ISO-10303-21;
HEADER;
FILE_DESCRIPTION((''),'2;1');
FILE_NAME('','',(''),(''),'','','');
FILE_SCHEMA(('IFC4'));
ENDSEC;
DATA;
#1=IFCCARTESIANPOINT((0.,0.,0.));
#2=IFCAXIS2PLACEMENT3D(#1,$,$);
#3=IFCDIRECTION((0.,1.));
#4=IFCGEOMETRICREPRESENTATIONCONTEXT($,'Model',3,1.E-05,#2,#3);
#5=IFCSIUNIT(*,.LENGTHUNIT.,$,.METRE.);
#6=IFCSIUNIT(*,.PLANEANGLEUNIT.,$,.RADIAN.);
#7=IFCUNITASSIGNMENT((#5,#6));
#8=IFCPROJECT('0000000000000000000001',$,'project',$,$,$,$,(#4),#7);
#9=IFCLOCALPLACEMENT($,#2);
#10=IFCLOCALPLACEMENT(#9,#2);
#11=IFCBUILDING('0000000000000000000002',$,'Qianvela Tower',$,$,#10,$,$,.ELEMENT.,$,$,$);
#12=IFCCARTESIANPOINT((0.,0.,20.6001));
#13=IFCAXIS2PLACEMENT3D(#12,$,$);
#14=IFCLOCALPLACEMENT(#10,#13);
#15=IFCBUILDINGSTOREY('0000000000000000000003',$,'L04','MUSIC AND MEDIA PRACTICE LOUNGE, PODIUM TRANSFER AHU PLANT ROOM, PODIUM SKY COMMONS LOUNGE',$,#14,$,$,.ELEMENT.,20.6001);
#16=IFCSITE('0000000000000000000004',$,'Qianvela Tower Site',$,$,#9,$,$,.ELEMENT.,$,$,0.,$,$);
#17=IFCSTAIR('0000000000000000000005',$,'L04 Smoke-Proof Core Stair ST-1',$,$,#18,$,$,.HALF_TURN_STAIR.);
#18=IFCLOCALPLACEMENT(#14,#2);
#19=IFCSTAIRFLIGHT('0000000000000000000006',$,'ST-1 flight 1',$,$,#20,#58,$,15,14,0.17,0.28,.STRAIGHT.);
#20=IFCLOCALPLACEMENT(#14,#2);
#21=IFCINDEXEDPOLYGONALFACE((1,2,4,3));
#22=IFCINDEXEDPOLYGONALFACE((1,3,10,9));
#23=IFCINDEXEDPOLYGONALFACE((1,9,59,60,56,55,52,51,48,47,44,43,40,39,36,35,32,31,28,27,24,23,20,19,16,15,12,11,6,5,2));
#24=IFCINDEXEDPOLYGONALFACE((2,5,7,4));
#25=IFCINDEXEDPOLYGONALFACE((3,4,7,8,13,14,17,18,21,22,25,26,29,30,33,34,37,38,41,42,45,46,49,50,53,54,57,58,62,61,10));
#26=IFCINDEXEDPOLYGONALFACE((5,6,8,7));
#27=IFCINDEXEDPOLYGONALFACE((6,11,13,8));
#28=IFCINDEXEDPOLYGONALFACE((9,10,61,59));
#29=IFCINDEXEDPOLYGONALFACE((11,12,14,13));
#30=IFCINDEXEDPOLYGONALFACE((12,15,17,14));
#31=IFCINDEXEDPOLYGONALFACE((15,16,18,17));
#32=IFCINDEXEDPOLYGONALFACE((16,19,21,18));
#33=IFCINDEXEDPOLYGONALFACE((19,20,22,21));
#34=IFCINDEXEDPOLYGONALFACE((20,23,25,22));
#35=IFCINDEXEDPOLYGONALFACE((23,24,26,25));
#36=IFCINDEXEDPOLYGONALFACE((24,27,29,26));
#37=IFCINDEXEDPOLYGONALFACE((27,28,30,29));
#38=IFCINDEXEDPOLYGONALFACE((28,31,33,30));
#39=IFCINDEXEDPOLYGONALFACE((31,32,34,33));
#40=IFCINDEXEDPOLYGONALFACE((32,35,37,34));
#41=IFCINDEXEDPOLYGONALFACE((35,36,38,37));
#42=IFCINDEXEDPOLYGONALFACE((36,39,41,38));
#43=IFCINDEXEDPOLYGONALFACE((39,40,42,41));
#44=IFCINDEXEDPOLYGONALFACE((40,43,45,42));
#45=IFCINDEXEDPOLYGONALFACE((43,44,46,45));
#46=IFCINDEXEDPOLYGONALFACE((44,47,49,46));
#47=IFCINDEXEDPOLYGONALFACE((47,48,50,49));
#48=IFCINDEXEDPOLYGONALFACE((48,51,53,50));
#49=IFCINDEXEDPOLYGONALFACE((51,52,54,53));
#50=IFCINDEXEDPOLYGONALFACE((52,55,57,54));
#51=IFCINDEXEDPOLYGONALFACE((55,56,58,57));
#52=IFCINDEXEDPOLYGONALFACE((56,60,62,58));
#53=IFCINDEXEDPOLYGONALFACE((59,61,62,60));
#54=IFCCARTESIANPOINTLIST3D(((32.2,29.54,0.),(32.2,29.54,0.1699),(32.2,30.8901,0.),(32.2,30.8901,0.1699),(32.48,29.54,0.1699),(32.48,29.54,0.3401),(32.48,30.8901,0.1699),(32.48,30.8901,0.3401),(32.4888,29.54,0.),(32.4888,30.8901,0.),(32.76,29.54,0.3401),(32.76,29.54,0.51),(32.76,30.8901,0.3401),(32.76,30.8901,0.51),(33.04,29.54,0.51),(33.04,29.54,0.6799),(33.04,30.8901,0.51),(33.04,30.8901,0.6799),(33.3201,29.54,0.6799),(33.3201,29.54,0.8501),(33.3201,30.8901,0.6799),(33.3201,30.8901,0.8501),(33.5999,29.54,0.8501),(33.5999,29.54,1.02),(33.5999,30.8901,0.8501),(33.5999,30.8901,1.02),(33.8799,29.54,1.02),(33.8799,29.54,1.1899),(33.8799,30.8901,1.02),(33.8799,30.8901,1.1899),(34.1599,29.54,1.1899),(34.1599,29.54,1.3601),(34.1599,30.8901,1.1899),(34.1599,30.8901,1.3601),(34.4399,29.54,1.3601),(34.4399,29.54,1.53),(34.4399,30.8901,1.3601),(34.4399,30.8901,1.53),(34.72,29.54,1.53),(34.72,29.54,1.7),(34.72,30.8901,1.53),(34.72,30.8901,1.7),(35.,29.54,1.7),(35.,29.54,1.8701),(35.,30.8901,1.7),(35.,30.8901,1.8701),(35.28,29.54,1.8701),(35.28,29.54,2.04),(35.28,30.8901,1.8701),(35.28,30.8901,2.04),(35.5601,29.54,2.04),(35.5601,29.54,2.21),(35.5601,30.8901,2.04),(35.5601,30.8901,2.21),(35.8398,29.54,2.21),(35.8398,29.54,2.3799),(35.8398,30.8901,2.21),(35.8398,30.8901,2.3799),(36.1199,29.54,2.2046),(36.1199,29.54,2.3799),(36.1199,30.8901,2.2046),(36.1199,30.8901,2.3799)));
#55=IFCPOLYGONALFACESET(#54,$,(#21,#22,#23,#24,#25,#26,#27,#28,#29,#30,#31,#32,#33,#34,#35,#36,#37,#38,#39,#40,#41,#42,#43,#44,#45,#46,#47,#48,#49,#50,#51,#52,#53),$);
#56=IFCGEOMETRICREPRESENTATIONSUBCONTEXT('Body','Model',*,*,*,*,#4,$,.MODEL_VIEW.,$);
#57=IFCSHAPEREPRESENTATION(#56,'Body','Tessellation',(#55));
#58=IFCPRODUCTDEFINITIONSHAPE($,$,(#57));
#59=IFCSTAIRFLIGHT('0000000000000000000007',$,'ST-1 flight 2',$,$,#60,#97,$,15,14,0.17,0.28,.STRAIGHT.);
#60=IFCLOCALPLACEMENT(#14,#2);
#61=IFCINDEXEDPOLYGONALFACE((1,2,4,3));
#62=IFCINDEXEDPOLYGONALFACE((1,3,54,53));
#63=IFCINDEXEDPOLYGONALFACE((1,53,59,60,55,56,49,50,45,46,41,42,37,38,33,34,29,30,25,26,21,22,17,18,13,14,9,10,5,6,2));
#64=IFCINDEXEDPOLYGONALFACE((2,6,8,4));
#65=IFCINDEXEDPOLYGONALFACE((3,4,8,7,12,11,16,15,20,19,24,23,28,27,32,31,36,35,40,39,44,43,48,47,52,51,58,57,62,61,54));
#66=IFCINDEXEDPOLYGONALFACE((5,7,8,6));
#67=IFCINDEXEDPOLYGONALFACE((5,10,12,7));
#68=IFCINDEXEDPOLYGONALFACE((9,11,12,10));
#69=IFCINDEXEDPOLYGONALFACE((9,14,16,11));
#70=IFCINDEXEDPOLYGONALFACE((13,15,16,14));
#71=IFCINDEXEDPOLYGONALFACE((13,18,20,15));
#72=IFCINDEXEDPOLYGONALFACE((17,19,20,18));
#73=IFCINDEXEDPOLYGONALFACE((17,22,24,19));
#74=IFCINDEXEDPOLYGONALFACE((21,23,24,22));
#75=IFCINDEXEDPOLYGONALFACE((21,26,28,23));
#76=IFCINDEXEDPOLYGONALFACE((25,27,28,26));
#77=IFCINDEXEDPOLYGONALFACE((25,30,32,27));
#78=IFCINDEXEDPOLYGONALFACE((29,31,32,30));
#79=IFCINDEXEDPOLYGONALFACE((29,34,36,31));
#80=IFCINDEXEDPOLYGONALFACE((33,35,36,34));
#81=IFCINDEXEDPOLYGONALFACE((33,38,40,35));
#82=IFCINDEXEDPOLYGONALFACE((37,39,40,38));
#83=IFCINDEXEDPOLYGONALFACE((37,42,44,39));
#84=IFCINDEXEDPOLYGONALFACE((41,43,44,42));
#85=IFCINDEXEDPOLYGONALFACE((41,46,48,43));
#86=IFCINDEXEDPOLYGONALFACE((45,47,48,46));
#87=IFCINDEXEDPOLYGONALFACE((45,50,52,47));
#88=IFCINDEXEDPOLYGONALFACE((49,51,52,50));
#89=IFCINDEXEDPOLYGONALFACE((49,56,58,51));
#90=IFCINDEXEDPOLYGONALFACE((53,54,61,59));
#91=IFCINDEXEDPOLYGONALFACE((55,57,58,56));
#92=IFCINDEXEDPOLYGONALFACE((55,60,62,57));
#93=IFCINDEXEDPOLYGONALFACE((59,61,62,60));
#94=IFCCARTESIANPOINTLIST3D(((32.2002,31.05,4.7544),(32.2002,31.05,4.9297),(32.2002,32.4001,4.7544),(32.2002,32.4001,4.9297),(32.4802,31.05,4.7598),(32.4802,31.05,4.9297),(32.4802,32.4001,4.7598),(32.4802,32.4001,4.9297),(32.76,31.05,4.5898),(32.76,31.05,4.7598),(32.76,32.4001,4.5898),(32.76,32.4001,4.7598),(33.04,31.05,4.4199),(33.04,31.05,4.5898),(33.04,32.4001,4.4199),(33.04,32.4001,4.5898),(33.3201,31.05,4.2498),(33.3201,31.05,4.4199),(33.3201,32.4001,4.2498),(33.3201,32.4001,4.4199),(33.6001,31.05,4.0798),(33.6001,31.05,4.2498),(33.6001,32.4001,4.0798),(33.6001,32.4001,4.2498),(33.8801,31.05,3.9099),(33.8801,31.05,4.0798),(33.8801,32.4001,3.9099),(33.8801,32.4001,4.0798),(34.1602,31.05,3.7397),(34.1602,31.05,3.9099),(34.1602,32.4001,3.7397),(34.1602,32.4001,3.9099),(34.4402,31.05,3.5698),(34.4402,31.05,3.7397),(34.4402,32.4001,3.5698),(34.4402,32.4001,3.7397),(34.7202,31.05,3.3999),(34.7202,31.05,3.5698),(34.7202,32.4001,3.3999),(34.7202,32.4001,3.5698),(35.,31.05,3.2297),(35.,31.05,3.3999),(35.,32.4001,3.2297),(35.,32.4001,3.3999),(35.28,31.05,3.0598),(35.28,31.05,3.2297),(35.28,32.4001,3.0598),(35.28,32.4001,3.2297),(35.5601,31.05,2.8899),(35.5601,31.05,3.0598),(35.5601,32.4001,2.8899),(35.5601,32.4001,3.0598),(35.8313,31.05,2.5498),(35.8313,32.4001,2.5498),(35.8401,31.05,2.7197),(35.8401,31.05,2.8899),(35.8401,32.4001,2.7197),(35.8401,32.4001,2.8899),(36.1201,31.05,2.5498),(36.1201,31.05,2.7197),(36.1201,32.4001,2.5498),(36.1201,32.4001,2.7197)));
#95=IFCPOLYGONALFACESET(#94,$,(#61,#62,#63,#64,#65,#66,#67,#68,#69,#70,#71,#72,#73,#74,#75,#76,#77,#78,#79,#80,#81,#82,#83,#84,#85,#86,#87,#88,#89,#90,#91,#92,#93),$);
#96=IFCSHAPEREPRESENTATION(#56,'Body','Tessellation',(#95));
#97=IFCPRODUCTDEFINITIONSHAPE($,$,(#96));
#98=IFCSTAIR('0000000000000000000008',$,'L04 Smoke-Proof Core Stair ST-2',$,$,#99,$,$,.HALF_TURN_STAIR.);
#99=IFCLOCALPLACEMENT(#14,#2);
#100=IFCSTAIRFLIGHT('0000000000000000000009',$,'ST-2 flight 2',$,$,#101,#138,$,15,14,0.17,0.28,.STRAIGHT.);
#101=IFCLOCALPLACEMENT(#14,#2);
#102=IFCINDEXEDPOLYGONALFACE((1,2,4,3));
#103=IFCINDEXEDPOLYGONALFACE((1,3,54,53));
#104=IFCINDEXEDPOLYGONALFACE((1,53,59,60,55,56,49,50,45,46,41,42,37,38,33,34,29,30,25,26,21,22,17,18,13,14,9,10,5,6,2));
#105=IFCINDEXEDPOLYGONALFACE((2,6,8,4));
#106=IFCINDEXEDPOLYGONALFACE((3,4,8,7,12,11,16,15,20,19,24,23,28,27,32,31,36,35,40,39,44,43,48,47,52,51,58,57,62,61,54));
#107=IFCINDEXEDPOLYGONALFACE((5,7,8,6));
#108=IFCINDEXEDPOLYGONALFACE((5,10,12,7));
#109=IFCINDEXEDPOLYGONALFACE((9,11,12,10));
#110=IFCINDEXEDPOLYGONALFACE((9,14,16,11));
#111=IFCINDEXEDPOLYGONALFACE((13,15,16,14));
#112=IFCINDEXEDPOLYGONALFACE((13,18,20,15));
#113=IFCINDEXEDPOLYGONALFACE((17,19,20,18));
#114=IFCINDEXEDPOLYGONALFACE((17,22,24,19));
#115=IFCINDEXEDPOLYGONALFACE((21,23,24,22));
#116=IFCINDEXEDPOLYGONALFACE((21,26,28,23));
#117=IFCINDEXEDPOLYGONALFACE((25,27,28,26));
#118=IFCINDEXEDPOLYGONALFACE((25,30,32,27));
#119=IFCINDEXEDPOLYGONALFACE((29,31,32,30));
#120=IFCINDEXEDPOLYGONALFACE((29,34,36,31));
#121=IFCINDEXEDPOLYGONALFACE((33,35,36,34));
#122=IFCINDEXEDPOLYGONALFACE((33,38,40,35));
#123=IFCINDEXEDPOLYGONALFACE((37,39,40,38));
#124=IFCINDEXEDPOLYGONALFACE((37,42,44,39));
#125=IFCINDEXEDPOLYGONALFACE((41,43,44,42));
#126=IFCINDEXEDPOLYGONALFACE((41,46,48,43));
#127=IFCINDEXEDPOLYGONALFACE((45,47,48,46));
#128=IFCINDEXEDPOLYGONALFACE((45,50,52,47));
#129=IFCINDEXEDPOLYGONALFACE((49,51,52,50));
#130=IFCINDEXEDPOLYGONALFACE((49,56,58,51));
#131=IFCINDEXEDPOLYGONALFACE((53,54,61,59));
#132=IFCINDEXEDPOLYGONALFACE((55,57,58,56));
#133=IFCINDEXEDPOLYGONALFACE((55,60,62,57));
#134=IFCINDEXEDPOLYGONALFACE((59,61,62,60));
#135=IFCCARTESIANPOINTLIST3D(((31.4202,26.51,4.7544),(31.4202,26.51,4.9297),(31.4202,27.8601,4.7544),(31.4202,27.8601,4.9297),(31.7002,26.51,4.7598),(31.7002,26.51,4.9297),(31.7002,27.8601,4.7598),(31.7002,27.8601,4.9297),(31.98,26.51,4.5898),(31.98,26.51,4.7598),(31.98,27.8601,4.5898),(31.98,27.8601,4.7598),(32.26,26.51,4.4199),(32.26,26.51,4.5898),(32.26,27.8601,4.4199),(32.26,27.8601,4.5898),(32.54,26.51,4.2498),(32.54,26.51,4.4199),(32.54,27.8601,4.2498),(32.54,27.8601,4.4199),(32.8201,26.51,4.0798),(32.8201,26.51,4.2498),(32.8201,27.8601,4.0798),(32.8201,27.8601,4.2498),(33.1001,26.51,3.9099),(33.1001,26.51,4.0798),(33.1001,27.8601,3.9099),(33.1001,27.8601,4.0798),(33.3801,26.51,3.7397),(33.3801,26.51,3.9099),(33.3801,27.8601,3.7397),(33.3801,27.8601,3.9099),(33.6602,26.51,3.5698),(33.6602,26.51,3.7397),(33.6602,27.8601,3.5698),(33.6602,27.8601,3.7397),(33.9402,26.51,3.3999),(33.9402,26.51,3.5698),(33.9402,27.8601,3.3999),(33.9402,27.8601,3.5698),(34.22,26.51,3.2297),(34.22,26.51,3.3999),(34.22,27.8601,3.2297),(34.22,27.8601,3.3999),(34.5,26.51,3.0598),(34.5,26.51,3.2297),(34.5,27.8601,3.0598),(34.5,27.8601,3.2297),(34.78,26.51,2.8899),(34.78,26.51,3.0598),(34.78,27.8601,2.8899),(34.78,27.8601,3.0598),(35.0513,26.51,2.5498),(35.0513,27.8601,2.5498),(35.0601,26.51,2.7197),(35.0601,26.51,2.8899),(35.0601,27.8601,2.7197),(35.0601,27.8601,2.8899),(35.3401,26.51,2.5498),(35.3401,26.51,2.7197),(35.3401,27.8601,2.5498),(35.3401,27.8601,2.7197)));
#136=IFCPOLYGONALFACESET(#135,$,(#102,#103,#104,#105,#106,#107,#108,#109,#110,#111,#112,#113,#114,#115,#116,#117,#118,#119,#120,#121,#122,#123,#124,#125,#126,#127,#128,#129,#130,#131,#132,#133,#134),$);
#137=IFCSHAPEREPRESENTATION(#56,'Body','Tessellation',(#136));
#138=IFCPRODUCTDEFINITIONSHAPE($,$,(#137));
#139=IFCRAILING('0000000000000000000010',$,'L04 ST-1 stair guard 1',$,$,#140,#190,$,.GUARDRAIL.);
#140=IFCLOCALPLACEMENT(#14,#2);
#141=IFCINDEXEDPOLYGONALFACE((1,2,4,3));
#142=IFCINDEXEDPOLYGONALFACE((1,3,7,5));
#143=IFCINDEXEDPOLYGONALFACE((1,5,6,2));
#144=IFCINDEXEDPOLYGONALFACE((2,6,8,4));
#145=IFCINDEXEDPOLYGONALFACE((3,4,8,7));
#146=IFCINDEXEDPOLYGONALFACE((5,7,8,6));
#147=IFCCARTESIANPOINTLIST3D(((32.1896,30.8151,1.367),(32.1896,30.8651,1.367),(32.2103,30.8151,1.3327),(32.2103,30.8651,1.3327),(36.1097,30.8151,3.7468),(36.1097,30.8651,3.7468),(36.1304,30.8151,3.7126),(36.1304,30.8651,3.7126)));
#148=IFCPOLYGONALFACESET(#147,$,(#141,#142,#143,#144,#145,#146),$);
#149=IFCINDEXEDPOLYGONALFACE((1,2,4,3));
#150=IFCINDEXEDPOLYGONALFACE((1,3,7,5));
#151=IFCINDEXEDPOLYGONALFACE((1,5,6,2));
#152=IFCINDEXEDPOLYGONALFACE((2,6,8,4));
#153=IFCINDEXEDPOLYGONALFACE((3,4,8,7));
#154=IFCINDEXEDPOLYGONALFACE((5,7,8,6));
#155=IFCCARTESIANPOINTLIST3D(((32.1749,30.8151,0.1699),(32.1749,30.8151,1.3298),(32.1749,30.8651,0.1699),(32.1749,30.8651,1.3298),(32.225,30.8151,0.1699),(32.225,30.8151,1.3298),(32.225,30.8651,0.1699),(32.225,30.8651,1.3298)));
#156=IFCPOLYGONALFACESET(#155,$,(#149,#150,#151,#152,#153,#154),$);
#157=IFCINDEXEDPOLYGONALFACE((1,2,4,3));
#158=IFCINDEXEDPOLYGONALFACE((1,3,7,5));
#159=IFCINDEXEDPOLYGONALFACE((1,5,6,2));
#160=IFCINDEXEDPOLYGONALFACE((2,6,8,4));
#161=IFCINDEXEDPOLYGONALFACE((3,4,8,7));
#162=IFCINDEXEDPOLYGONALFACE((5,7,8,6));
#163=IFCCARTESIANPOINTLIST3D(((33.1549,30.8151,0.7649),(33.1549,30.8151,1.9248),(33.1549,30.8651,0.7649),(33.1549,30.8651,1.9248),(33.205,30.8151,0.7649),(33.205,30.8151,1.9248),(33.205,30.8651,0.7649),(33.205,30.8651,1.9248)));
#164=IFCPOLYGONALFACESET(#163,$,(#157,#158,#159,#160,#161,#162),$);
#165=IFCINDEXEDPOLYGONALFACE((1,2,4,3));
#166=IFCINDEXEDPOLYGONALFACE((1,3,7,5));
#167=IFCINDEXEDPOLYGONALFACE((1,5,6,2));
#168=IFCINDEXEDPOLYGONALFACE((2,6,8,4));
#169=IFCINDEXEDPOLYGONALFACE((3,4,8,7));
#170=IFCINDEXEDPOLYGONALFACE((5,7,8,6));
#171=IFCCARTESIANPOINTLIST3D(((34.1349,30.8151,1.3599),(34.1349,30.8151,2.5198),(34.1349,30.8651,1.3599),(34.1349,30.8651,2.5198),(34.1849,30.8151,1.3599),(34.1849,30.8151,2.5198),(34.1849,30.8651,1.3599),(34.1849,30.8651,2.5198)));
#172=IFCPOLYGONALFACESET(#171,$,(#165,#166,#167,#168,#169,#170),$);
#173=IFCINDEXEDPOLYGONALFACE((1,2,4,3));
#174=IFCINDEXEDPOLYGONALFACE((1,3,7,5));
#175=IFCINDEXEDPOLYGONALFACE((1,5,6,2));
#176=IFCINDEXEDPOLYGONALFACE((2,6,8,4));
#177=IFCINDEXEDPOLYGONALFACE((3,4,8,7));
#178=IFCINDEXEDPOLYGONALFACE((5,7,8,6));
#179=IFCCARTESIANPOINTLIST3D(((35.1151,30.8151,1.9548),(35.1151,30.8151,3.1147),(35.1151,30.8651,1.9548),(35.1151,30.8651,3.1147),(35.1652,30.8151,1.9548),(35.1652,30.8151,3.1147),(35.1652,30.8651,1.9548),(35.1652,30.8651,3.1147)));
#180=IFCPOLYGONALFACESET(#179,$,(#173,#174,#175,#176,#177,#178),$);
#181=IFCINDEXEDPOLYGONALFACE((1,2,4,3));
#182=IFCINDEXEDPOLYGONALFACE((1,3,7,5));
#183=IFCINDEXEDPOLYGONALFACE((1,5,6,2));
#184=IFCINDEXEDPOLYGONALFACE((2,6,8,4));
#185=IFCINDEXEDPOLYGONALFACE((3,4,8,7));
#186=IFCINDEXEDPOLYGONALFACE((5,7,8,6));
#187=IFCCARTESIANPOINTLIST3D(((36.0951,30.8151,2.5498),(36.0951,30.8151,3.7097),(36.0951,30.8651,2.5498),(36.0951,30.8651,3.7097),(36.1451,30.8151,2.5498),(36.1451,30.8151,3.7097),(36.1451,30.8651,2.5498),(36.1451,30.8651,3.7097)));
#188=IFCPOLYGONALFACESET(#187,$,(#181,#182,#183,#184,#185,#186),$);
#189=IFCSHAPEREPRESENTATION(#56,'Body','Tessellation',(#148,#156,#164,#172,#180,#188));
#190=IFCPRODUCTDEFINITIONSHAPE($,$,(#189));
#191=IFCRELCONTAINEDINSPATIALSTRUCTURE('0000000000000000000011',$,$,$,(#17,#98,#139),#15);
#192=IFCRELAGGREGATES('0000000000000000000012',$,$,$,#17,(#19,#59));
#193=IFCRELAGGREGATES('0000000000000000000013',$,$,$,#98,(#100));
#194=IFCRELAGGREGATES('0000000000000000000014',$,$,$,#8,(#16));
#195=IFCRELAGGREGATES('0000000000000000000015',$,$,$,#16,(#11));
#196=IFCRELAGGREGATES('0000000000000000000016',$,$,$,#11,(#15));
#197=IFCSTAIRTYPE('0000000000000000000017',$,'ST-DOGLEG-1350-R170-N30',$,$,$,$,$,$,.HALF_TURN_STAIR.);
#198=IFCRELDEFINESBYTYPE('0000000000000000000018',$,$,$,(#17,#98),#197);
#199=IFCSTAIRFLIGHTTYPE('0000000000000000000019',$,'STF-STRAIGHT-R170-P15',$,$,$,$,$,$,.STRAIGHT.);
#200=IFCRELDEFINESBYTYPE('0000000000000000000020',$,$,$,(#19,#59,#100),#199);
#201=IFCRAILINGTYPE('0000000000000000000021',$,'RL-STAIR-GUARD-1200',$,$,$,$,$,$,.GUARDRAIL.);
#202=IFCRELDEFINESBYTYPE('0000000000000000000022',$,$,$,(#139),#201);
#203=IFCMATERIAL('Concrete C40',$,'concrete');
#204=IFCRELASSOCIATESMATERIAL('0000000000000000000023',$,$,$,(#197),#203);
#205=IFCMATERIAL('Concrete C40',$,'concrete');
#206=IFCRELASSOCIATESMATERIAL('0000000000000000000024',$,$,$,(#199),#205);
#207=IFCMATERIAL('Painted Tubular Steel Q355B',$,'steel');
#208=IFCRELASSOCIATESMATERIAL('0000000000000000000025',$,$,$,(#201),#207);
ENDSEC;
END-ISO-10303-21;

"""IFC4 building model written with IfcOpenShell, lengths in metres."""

from ifc_helpers import new_model, si_unit, direction, frame, origin, origin_2d, place, context, subcontext, project, spatial, polyline, rectangle, outline, extrude, material, type_object, element, aggregate, save


model = new_model("IFC4")

# Units and contexts
model_context = context("Model", 3, precision=1e-05, world=origin(), true_north=direction((0.0, 1.0)))
body_context = subcontext(model_context, "Body", "Model", "MODEL_VIEW")
ifc_project = project(units=[si_unit("LENGTHUNIT", "METRE"), si_unit("PLANEANGLEUNIT", "RADIAN")], contexts=[model_context])

# Site, building, storey
site_placement = place(None, origin())
site = spatial("IfcSite", under=ifc_project, at=site_placement, Name="Qianvela Tower Site", CompositionType="ELEMENT", RefElevation=0.0)
building_placement = place(site_placement, origin())
building = spatial("IfcBuilding", under=site, at=building_placement, Name="Qianvela Tower", CompositionType="ELEMENT")
storey_placement = place(building_placement, frame((0.0, 0.0, 20.6001)))
storey = spatial("IfcBuildingStorey", under=building, at=storey_placement, Name="L04", Description="MUSIC AND MEDIA PRACTICE LOUNGE, PODIUM TRANSFER AHU PLANT ROOM, PODIUM SKY COMMONS LOUNGE", CompositionType="ELEMENT", Elevation=20.6001)

# Stair, stair flights
ifc_material_1 = material(Name="Concrete C40", Category="concrete")
stair_type = type_object("IfcStairType", Name="ST-DOGLEG-1350-R170-N30", PredefinedType="HALF_TURN_STAIR", material=ifc_material_1)
stair_1_placement = place(storey_placement, origin())
stair_1 = element("IfcStair", 1, at=stair_1_placement, inside=storey, type_object=stair_type, Name="L04 Smoke-Proof Core Stair ST-1", PredefinedType="HALF_TURN_STAIR")
ifc_material_2 = material(Name="Concrete C40", Category="concrete")
stair_flight_type = type_object("IfcStairFlightType", Name="STF-STRAIGHT-R170-P15", PredefinedType="STRAIGHT", material=ifc_material_2)
stair_flight_1_placement = place(storey_placement, frame((32.2, 30.2151, 0.0), z_axis=(0.0, 0.0, 1.0), x_axis=(1.0, 0.0, 0.0)))
stair_flight_1 = element("IfcStairFlight", 2, at=stair_flight_1_placement, type_object=stair_flight_type, Name="ST-1 flight 1", NumberOfRisers=15, NumberOfTreads=14, PredefinedType="STRAIGHT", RiserHeight=0.17, TreadLength=0.28, context=body_context, shape_type="SweptSolid", body=[
    extrude(outline(polyline([(0.0, 0.0), (0.0, 0.1699), (0.28, 0.1699), (0.28, 0.3401), (0.5601, 0.3401), (0.5601, 0.51), (0.8401, 0.51), (0.8401, 0.6799), (1.1201, 0.6799), (1.1201, 0.8501), (1.3999, 0.8501), (1.3999, 1.02), (1.6799, 1.02), (1.6799, 1.1899), (1.96, 1.1899), (1.96, 1.3601), (2.24, 1.3601), (2.24, 1.53), (2.52, 1.53), (2.52, 1.7), (2.8, 1.7), (2.8, 1.8701), (3.0801, 1.8701), (3.0801, 2.04), (3.3601, 2.04), (3.3601, 2.21), (3.6399, 2.21), (3.6399, 2.3799), (3.9199, 2.3799), (3.9199, 2.55), (3.9199, 2.2046), (0.2888, 0.0), (0.0, 0.0)])), frame((0.0, 0.675, 0.0), z_axis=(0.0, -1.0, 0.0), x_axis=(1.0, 0.0, 0.0)), (0.0, 0.0, 1.0), 1.3501),
])
stair_flight_2_placement = place(storey_placement, frame((36.1201, 31.7251, 2.5498), z_axis=(0.0, 0.0, 1.0), x_axis=(-1.0, 0.0, 0.0)))
stair_flight_2 = element("IfcStairFlight", 3, at=stair_flight_2_placement, type_object=stair_flight_type, Name="ST-1 flight 2", NumberOfRisers=15, NumberOfTreads=14, PredefinedType="STRAIGHT", RiserHeight=0.17, TreadLength=0.28, context=body_context, shape_type="SweptSolid", body=[
    extrude(outline(polyline([(0.0, 0.0), (0.0, 0.1699), (0.28, 0.1699), (0.28, 0.3401), (0.5601, 0.3401), (0.5601, 0.51), (0.8401, 0.51), (0.8401, 0.6799), (1.1201, 0.6799), (1.1201, 0.8501), (1.3999, 0.8501), (1.3999, 1.02), (1.6799, 1.02), (1.6799, 1.1899), (1.96, 1.1899), (1.96, 1.3601), (2.24, 1.3601), (2.24, 1.53), (2.52, 1.53), (2.52, 1.7), (2.8, 1.7), (2.8, 1.8701), (3.0801, 1.8701), (3.0801, 2.04), (3.3601, 2.04), (3.3601, 2.21), (3.6399, 2.21), (3.6399, 2.3799), (3.9199, 2.3799), (3.9199, 2.55), (3.9199, 2.2046), (0.2888, 0.0), (0.0, 0.0)])), frame((0.0, 0.675, 0.0), z_axis=(0.0, -1.0, 0.0), x_axis=(1.0, 0.0, 0.0)), (0.0, 0.0, 1.0), 1.3501),
])
aggregate(stair_1, [stair_flight_1, stair_flight_2])

# Stair, stair flight
stair_2_placement = place(storey_placement, origin())
stair_2 = element("IfcStair", 4, at=stair_2_placement, inside=storey, type_object=stair_type, Name="L04 Smoke-Proof Core Stair ST-2", PredefinedType="HALF_TURN_STAIR")
stair_flight_3_placement = place(storey_placement, frame((35.3401, 27.1851, 2.5498), z_axis=(0.0, 0.0, 1.0), x_axis=(-1.0, 0.0, 0.0)))
stair_flight_3 = element("IfcStairFlight", 5, at=stair_flight_3_placement, type_object=stair_flight_type, Name="ST-2 flight 2", NumberOfRisers=15, NumberOfTreads=14, PredefinedType="STRAIGHT", RiserHeight=0.17, TreadLength=0.28, context=body_context, shape_type="SweptSolid", body=[
    extrude(outline(polyline([(0.0, 0.0), (0.0, 0.1699), (0.28, 0.1699), (0.28, 0.3401), (0.5601, 0.3401), (0.5601, 0.51), (0.8401, 0.51), (0.8401, 0.6799), (1.1201, 0.6799), (1.1201, 0.8501), (1.3999, 0.8501), (1.3999, 1.02), (1.6799, 1.02), (1.6799, 1.1899), (1.96, 1.1899), (1.96, 1.3601), (2.24, 1.3601), (2.24, 1.53), (2.52, 1.53), (2.52, 1.7), (2.8, 1.7), (2.8, 1.8701), (3.0801, 1.8701), (3.0801, 2.04), (3.3601, 2.04), (3.3601, 2.21), (3.6399, 2.21), (3.6399, 2.3799), (3.9199, 2.3799), (3.9199, 2.55), (3.9199, 2.2046), (0.2888, 0.0), (0.0, 0.0)])), frame((0.0, 0.675, 0.0), z_axis=(0.0, -1.0, 0.0), x_axis=(1.0, 0.0, 0.0)), (0.0, 0.0, 1.0), 1.3501),
])
aggregate(stair_2, [stair_flight_3])

# Railing
ifc_material_3 = material(Name="Painted Tubular Steel Q355B", Category="steel")
railing_type_1 = type_object("IfcRailingType", Name="RL-STAIR-GUARD-1200", PredefinedType="GUARDRAIL", material=ifc_material_3)
railing_1_placement = place(storey_placement, frame((32.2, 30.8401, 0.1699)))
element("IfcRailing", 6, at=railing_1_placement, inside=storey, type_object=railing_type_1, Name="L04 ST-1 stair guard 1", PredefinedType="GUARDRAIL", context=body_context, shape_type="SweptSolid", body=[
    extrude(rectangle(XDim=0.05, YDim=0.04, at=origin_2d()), frame((0.0, 0.0, 1.1799), z_axis=(0.854809, 0.0, 0.518943), x_axis=(0.0, 1.0, 0.0)), (0.0, 0.0, 1.0), 4.5859),
    extrude(rectangle(XDim=0.05, YDim=0.05, at=origin_2d()), origin(), (0.0, 0.0, 1.0), 1.1599),
    extrude(rectangle(XDim=0.05, YDim=0.05, at=origin_2d()), frame((0.98, 0.0, 0.595)), (0.0, 0.0, 1.0), 1.1599),
    extrude(rectangle(XDim=0.05, YDim=0.05, at=origin_2d()), frame((1.96, 0.0, 1.1899)), (0.0, 0.0, 1.0), 1.1599),
    extrude(rectangle(XDim=0.05, YDim=0.05, at=origin_2d()), frame((2.9402, 0.0, 1.7849)), (0.0, 0.0, 1.0), 1.1599),
    extrude(rectangle(XDim=0.05, YDim=0.05, at=origin_2d()), frame((3.9202, 0.0, 2.3799)), (0.0, 0.0, 1.0), 1.1599),
])

save(model, "model.ifc")
